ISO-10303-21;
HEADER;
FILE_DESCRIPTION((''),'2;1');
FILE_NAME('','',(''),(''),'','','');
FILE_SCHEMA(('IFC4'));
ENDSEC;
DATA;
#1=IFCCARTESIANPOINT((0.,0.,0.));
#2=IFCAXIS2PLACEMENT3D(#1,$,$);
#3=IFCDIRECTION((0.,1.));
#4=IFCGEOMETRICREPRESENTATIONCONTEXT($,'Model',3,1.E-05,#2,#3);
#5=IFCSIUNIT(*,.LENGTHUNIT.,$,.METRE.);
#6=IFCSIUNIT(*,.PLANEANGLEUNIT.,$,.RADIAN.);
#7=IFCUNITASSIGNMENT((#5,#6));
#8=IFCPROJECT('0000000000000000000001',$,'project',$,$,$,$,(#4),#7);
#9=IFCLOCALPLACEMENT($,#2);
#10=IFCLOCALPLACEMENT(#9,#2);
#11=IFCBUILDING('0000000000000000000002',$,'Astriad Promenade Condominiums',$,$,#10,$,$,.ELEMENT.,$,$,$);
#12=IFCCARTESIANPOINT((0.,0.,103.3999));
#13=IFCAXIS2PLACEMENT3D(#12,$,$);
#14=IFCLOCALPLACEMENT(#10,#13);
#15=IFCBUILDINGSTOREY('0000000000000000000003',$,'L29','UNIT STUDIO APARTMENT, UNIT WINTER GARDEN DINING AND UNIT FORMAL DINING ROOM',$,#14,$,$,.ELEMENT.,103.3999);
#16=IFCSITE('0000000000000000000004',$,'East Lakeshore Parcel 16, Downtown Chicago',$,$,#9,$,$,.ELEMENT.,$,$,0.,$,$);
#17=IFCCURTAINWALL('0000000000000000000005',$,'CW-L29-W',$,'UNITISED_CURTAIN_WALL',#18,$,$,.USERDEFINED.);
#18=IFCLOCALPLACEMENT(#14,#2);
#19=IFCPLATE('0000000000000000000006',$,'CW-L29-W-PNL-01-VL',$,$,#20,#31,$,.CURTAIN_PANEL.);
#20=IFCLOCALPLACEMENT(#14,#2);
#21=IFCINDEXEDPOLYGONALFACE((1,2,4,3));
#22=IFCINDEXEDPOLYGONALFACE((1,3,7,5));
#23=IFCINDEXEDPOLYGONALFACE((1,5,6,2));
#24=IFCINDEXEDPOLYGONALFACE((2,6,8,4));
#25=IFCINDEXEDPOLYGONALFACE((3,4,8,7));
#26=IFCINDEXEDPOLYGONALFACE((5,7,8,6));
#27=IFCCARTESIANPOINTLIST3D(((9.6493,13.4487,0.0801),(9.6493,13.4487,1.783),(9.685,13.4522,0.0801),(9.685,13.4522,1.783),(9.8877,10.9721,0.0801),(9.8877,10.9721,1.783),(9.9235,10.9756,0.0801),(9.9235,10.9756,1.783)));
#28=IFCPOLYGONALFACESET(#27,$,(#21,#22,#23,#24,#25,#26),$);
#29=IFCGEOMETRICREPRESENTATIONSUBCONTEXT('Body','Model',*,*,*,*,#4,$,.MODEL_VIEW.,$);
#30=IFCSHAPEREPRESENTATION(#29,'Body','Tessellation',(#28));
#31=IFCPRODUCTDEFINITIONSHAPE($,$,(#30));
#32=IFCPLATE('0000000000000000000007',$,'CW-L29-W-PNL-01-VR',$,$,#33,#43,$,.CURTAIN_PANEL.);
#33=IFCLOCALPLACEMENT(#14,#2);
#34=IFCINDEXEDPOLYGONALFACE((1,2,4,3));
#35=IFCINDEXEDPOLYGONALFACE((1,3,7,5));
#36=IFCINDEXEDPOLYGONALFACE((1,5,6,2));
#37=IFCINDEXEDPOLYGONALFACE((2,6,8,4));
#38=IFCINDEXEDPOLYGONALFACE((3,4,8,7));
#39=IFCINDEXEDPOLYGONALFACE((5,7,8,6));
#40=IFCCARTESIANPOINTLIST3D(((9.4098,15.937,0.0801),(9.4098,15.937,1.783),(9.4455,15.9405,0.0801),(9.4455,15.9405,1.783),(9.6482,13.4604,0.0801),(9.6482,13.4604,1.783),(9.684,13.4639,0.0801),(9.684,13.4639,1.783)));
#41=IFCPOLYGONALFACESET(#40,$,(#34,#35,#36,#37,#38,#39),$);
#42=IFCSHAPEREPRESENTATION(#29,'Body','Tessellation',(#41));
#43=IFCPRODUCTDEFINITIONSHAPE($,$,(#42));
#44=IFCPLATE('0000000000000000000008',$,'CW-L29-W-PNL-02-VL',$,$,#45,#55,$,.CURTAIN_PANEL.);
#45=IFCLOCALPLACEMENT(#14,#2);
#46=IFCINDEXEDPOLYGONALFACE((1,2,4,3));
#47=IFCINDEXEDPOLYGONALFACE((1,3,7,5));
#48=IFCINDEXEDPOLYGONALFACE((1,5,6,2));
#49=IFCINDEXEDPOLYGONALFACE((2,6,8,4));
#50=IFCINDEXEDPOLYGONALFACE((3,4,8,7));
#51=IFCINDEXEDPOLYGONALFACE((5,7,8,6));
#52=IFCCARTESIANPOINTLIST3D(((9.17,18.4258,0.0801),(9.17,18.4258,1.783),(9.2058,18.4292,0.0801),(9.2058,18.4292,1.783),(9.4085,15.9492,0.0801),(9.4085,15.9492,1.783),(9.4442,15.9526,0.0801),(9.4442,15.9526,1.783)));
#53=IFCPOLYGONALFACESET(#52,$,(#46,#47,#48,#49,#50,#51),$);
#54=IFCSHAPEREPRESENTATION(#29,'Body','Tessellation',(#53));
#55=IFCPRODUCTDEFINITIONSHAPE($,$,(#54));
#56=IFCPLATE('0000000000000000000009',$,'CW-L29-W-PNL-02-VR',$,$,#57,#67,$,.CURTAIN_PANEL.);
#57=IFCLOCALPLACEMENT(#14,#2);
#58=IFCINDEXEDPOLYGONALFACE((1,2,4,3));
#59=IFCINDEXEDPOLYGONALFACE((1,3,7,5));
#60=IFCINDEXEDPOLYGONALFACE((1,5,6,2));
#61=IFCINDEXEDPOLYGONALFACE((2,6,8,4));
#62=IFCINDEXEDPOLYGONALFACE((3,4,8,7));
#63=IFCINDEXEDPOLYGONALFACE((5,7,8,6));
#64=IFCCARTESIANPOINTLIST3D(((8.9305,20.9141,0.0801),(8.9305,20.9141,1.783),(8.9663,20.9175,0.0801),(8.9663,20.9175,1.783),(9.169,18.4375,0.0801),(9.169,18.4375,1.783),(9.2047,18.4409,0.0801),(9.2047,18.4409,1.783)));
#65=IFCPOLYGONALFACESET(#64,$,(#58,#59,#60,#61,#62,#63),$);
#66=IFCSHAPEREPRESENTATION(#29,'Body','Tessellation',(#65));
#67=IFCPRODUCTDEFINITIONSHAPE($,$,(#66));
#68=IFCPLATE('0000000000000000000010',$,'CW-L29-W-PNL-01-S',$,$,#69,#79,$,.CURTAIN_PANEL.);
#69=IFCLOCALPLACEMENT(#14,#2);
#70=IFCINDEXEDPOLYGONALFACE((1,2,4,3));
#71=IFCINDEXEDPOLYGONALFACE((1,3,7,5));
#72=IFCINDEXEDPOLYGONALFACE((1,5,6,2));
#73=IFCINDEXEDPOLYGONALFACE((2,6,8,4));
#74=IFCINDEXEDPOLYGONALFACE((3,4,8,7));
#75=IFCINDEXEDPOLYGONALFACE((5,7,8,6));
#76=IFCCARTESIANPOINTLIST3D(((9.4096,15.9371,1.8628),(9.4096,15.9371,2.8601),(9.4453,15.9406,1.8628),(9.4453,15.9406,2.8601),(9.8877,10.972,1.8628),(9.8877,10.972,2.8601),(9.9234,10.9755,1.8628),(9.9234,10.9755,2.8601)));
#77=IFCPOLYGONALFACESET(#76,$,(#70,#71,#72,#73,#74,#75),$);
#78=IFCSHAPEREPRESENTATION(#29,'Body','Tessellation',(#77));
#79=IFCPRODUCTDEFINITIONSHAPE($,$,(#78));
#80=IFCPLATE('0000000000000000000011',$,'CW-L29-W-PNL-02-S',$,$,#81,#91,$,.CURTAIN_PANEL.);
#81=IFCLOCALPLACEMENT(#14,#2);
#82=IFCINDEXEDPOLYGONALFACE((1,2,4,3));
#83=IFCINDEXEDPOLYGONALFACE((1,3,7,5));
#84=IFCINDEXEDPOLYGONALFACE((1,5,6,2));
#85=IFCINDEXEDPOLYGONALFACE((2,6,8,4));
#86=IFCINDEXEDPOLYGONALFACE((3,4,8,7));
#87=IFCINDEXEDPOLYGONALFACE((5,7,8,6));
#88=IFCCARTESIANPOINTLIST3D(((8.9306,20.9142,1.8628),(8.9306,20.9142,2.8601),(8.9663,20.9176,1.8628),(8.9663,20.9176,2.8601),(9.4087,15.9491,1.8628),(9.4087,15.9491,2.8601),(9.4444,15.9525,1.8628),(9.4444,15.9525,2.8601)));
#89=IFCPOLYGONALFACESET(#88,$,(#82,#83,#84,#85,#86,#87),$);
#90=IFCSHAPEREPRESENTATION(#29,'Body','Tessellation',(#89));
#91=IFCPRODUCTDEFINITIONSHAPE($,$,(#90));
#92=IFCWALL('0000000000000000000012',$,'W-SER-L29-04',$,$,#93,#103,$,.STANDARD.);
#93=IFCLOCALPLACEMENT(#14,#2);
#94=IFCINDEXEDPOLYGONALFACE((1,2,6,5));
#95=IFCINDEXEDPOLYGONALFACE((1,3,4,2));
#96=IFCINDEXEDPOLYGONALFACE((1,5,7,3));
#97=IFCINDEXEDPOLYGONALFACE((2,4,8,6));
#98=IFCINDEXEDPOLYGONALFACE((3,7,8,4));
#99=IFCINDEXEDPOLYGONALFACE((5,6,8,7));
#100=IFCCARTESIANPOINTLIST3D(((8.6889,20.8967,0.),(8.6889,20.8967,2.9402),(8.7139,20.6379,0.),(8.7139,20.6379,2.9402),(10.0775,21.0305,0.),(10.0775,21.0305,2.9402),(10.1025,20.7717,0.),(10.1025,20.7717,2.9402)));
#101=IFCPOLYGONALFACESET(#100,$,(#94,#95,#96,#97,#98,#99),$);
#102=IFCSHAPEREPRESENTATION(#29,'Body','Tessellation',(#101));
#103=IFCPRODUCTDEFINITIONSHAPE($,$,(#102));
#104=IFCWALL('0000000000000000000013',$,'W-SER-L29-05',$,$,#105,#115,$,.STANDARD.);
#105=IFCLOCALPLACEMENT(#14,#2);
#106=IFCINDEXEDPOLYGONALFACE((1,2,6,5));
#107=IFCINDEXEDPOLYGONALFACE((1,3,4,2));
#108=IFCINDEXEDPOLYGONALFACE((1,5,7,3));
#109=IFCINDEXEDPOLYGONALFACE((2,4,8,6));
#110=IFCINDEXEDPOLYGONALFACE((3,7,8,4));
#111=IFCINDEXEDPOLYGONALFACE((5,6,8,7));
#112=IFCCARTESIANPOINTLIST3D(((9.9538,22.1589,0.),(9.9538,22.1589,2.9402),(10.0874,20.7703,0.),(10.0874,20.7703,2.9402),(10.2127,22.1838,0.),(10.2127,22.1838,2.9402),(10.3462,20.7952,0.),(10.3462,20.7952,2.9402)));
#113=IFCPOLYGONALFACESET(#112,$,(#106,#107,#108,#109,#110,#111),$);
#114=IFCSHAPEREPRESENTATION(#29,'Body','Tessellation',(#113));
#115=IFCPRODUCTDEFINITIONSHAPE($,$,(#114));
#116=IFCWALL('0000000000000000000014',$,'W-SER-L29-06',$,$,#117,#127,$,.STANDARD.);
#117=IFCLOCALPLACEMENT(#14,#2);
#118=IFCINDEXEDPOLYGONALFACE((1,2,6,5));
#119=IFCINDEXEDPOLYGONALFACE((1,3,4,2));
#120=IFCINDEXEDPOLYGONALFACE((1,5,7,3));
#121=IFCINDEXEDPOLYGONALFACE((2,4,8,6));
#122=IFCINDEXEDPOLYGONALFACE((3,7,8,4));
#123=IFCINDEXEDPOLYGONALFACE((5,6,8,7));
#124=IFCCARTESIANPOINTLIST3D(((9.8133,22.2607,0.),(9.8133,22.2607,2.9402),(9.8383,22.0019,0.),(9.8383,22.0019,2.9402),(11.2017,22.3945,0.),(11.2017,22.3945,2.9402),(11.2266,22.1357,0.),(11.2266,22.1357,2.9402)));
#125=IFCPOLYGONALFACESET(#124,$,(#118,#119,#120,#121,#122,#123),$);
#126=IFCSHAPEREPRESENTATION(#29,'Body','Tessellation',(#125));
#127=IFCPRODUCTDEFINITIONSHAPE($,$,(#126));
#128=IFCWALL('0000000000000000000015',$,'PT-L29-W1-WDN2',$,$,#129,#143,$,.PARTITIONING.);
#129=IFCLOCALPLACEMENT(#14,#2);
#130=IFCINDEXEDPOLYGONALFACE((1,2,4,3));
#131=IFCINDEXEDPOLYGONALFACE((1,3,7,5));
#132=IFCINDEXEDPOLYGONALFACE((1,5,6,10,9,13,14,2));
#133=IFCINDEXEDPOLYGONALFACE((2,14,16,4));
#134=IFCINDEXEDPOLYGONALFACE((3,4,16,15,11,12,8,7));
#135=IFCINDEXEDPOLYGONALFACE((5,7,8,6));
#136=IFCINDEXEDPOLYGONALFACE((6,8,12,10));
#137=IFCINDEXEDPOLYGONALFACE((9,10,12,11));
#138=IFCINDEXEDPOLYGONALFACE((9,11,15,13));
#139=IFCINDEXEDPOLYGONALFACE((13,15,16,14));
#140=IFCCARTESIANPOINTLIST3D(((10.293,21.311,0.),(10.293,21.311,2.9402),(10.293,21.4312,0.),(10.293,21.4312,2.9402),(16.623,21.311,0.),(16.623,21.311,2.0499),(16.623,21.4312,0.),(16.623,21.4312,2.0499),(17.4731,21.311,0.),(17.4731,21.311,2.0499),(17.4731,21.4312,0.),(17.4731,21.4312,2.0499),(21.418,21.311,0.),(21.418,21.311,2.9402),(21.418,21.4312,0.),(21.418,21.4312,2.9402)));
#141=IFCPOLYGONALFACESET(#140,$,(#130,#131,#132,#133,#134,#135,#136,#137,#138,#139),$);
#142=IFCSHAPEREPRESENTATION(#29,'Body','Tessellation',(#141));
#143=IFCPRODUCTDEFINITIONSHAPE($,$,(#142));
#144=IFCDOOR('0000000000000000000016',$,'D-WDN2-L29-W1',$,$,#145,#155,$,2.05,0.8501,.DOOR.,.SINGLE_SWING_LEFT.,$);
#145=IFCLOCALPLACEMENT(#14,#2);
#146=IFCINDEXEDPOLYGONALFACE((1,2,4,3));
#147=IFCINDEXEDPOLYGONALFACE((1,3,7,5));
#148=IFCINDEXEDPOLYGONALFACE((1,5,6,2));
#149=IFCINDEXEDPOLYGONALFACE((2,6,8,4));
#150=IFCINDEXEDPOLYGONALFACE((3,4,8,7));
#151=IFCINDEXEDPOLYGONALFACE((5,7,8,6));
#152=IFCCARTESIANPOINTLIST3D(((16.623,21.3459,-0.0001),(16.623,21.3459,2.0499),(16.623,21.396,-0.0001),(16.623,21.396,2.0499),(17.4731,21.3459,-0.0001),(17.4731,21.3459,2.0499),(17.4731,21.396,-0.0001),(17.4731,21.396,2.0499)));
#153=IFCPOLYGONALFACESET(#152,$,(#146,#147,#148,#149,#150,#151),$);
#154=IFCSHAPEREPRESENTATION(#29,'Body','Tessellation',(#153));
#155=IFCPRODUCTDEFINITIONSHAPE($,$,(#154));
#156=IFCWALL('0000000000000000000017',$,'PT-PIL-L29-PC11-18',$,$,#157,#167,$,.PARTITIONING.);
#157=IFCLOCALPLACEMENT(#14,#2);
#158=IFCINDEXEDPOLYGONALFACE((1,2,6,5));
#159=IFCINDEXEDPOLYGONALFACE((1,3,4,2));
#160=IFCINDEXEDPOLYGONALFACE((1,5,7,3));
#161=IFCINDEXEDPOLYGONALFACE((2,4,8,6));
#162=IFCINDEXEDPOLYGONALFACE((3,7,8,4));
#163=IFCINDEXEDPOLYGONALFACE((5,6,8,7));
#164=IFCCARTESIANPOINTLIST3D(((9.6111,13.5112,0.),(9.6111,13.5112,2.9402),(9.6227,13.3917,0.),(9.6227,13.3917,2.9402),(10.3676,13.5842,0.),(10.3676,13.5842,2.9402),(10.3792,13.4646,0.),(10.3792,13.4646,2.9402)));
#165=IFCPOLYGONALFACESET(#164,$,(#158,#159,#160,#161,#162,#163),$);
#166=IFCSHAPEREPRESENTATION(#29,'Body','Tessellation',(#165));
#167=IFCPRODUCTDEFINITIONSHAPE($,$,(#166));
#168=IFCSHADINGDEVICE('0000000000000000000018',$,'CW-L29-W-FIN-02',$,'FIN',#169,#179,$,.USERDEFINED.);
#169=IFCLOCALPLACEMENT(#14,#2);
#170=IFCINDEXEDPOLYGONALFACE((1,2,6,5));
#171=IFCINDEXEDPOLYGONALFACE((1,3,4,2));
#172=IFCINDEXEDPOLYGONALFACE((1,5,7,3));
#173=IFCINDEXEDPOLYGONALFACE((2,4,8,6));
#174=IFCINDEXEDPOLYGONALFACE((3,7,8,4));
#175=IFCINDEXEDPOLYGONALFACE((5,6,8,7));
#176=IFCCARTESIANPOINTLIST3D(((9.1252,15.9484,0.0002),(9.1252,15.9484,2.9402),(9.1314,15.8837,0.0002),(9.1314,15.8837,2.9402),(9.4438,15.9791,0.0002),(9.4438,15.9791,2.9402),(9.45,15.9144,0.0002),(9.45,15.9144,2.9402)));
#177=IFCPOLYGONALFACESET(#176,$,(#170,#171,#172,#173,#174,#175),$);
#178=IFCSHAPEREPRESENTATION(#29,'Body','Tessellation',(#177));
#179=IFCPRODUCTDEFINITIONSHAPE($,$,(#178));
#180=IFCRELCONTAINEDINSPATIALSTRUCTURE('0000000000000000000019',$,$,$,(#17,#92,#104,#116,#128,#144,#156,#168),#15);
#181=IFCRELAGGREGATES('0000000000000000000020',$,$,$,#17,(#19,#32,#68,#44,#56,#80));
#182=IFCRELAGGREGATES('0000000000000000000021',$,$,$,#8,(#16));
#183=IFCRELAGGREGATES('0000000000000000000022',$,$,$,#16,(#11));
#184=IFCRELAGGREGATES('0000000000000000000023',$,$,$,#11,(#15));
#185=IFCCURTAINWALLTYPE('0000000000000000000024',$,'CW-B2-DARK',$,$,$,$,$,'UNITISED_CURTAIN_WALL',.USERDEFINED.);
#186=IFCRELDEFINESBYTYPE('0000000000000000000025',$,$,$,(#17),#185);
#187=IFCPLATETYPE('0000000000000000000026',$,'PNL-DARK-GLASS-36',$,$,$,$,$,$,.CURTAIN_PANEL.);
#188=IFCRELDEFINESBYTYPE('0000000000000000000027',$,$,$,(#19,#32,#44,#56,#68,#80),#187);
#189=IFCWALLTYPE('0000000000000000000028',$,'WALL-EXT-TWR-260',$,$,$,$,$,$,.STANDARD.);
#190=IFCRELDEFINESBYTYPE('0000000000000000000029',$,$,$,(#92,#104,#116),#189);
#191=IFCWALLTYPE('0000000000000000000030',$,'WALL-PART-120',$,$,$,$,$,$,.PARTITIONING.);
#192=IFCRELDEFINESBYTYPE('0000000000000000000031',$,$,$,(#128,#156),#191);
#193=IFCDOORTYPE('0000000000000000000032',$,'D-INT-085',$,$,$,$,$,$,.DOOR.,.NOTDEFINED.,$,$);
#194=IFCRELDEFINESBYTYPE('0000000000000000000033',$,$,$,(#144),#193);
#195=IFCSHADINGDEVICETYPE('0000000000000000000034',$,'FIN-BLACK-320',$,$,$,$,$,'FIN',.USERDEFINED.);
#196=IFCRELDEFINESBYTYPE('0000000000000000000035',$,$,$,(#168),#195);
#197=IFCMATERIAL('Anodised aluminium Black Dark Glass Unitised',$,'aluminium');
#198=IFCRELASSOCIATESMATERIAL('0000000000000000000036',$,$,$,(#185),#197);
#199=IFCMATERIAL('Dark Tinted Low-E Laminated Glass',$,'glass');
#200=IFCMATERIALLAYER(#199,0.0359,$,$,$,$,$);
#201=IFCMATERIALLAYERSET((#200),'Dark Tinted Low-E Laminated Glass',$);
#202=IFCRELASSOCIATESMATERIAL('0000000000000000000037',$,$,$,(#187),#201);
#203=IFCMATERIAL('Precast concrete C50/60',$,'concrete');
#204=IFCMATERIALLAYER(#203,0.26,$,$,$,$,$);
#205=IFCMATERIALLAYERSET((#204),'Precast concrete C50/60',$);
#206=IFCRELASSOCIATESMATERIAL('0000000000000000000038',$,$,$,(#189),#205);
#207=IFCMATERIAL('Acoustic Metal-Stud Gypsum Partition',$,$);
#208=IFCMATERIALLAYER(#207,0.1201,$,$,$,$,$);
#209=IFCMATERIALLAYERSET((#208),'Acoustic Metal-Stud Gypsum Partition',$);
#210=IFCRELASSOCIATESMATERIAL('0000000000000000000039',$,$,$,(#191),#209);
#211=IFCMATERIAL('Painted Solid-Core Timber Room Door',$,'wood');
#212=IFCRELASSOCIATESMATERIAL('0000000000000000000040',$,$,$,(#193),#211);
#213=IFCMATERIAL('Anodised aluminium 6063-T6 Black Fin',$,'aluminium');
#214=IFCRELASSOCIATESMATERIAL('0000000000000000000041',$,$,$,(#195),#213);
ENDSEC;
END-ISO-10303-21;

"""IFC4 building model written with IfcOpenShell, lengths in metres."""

from ifc_helpers import new_model, si_unit, direction, frame, frame_2d, origin, origin_2d, place, context, subcontext, project, spatial, rectangle, extrude, source, transform, mapped, material, layer, layer_set, type_object, type_shapes, element, fill, aggregate, save


model = new_model("IFC4")

# Units and contexts
model_context = context("Model", 3, precision=1e-05, world=origin(), true_north=direction((0.0, 1.0)))
body_context = subcontext(model_context, "Body", "Model", "MODEL_VIEW")
ifc_project = project(units=[si_unit("LENGTHUNIT", "METRE"), si_unit("PLANEANGLEUNIT", "RADIAN")], contexts=[model_context])

# Site, building, storey
site_placement = place(None, origin())
site = spatial("IfcSite", under=ifc_project, at=site_placement, Name="East Lakeshore Parcel 16, Downtown Chicago", CompositionType="ELEMENT", RefElevation=0.0)
building_placement = place(site_placement, origin())
building = spatial("IfcBuilding", under=site, at=building_placement, Name="Astriad Promenade Condominiums", CompositionType="ELEMENT")
storey_placement = place(building_placement, frame((0.0, 0.0, 103.3999)))
storey = spatial("IfcBuildingStorey", under=building, at=storey_placement, Name="L29", Description="UNIT STUDIO APARTMENT, UNIT WINTER GARDEN DINING AND UNIT FORMAL DINING ROOM", CompositionType="ELEMENT", Elevation=103.3999)

# Curtain wall, plates
ifc_material_1 = material(Name="Anodised aluminium Black Dark Glass Unitised", Category="aluminium")
curtain_wall_type = type_object("IfcCurtainWallType", Name="CW-B2-DARK", ElementType="UNITISED_CURTAIN_WALL", PredefinedType="USERDEFINED", material=ifc_material_1)
curtain_wall_placement = place(storey_placement, origin())
curtain_wall = element("IfcCurtainWall", 1, at=curtain_wall_placement, inside=storey, type_object=curtain_wall_type, Name="CW-L29-W", ObjectType="UNITISED_CURTAIN_WALL", PredefinedType="USERDEFINED")
ifc_material_2 = material(Name="Dark Tinted Low-E Laminated Glass", Category="glass")
ifc_layer_1 = layer(ifc_material_2, 0.0359)
ifc_layer_set_1 = layer_set([ifc_layer_1], Name="Dark Tinted Low-E Laminated Glass")
plate_type = type_object("IfcPlateType", Name="PNL-DARK-GLASS-36", PredefinedType="CURTAIN_PANEL", material=ifc_layer_set_1)
shared_shape_1 = source(origin(), body_context, "Body", "SweptSolid", [
    extrude(rectangle(XDim=2.488, YDim=0.0359, at=origin_2d()), origin(), (0.0, 0.0, 1.0), 1.7029),
])
plate_1_placement = place(storey_placement, frame((9.7864, 12.2122, 0.0801), z_axis=(0.0, 0.0, 1.0), x_axis=(-0.095846, 0.995396, 0.0)))
plate_1 = element("IfcPlate", 2, at=plate_1_placement, type_object=plate_type, Name="CW-L29-W-PNL-01-VL", PredefinedType="CURTAIN_PANEL", context=body_context, shape_type="MappedRepresentation", body=[
    mapped(shared_shape_1, transform((0.0, 0.0, 0.0), scale=1.0)),
])
plate_2_placement = place(storey_placement, frame((9.5469, 14.7004, 0.0801), z_axis=(0.0, 0.0, 1.0), x_axis=(-0.095846, 0.995396, 0.0)))
plate_2 = element("IfcPlate", 3, at=plate_2_placement, type_object=plate_type, Name="CW-L29-W-PNL-01-VR", PredefinedType="CURTAIN_PANEL", context=body_context, shape_type="MappedRepresentation", body=[
    mapped(shared_shape_1, transform((0.0, 0.0, 0.0), scale=1.0)),
])
plate_3_placement = place(storey_placement, frame((9.3071, 17.1892, 0.0801), z_axis=(0.0, 0.0, 1.0), x_axis=(-0.095846, 0.995396, 0.0)))
plate_3 = element("IfcPlate", 4, at=plate_3_placement, type_object=plate_type, Name="CW-L29-W-PNL-02-VL", PredefinedType="CURTAIN_PANEL", context=body_context, shape_type="MappedRepresentation", body=[
    mapped(shared_shape_1, transform((0.0, 0.0, 0.0), scale=1.0)),
])
plate_4_placement = place(storey_placement, frame((9.0676, 19.6775, 0.0801), z_axis=(0.0, 0.0, 1.0), x_axis=(-0.095846, 0.995396, 0.0)))
plate_4 = element("IfcPlate", 5, at=plate_4_placement, type_object=plate_type, Name="CW-L29-W-PNL-02-VR", PredefinedType="CURTAIN_PANEL", context=body_context, shape_type="MappedRepresentation", body=[
    mapped(shared_shape_1, transform((0.0, 0.0, 0.0), scale=1.0)),
])
shared_shape_2 = source(origin(), body_context, "Body", "SweptSolid", [
    extrude(rectangle(XDim=4.988, YDim=0.0359, at=origin_2d()), origin(), (0.0, 0.0, 1.0), 0.9973),
])
type_shapes(plate_type, [shared_shape_1, shared_shape_2])
plate_5_placement = place(storey_placement, frame((9.6665, 13.4563, 1.8628), z_axis=(0.0, 0.0, 1.0), x_axis=(-0.095846, 0.995396, 0.0)))
plate_5 = element("IfcPlate", 6, at=plate_5_placement, type_object=plate_type, Name="CW-L29-W-PNL-01-S", PredefinedType="CURTAIN_PANEL", context=body_context, shape_type="MappedRepresentation", body=[
    mapped(shared_shape_2, transform((0.0, 0.0, 0.0), scale=1.0)),
])
plate_6_placement = place(storey_placement, frame((9.1875, 18.4333, 1.8628), z_axis=(0.0, 0.0, 1.0), x_axis=(-0.095846, 0.995396, 0.0)))
plate_6 = element("IfcPlate", 7, at=plate_6_placement, type_object=plate_type, Name="CW-L29-W-PNL-02-S", PredefinedType="CURTAIN_PANEL", context=body_context, shape_type="MappedRepresentation", body=[
    mapped(shared_shape_2, transform((0.0, 0.0, 0.0), scale=1.0)),
])
aggregate(curtain_wall, [plate_1, plate_2, plate_5, plate_3, plate_4, plate_6])

# Walls
ifc_material_3 = material(Name="Precast concrete C50/60", Category="concrete")
ifc_layer_2 = layer(ifc_material_3, 0.26)
ifc_layer_set_2 = layer_set([ifc_layer_2], Name="Precast concrete C50/60")
wall_type_1 = type_object("IfcWallType", Name="WALL-EXT-TWR-260", PredefinedType="STANDARD", material=ifc_layer_set_2)
for number, where, z_axis, x_axis, name in (
    (8, (8.7014, 20.7673, 0.0), (0.0, 0.0, 1.0), (0.995391, 0.095899, 0.0), "W-SER-L29-04"),
    (9, (10.2168, 20.7827, 0.0), (0.0, 0.0, 1.0), (-0.095726, 0.995408, 0.0), "W-SER-L29-05"),
):
    element("IfcWall", number, at=place(storey_placement, frame(where, z_axis=z_axis, x_axis=x_axis)), inside=storey, type_object=wall_type_1, Name=name, PredefinedType="STANDARD", context=body_context, shape_type="SweptSolid", body=[
        extrude(rectangle(XDim=1.395, YDim=0.26, at=frame_2d((0.6975, 0.0))), origin(), (0.0, 0.0, 1.0), 2.9402),
    ])
wall_1_placement = place(storey_placement, frame((9.8259, 22.1313, 0.0), z_axis=(0.0, 0.0, 1.0), x_axis=(0.995389, 0.095916, 0.0)))
element("IfcWall", 10, at=wall_1_placement, inside=storey, type_object=wall_type_1, Name="W-SER-L29-06", PredefinedType="STANDARD", context=body_context, shape_type="SweptSolid", body=[
    extrude(rectangle(XDim=1.3948, YDim=0.26, at=frame_2d((0.6973, 0.0))), origin(), (0.0, 0.0, 1.0), 2.9402),
])

# Wall, opening, door
ifc_material_4 = material(Name="Acoustic Metal-Stud Gypsum Partition")
ifc_layer_3 = layer(ifc_material_4, 0.1201)
ifc_layer_set_3 = layer_set([ifc_layer_3], Name="Acoustic Metal-Stud Gypsum Partition")
wall_type_2 = type_object("IfcWallType", Name="WALL-PART-120", PredefinedType="PARTITIONING", material=ifc_layer_set_3)
wall_2_placement = place(storey_placement, frame((10.293, 21.3711, 0.0), z_axis=(0.0, 0.0, 1.0), x_axis=(1.0, 0.0, 0.0)))
wall_2 = element("IfcWall", 11, at=wall_2_placement, inside=storey, type_object=wall_type_2, Name="PT-L29-W1-WDN2", PredefinedType="PARTITIONING", context=body_context, shape_type="SweptSolid", body=[
    extrude(rectangle(XDim=11.125, YDim=0.1201, at=frame_2d((5.5625, 0.0))), origin(), (0.0, 0.0, 1.0), 2.9402),
])
opening_placement = place(wall_2_placement, frame((6.3301, 0.0, 0.0)))
opening = element("IfcOpeningElement", 12, at=opening_placement, cuts=wall_2, PredefinedType="OPENING", context=body_context, shape_type="SweptSolid", body=[
    extrude(rectangle(XDim=0.8501, YDim=2.05, at=frame_2d((0.425, 1.0249))), frame((0.0, 0.0701, 0.0), z_axis=(0.0, -1.0, 0.0), x_axis=(1.0, 0.0, 0.0)), (0.0, 0.0, 1.0), 0.1401),
])
ifc_material_5 = material(Name="Painted Solid-Core Timber Room Door", Category="wood")
door_type = type_object("IfcDoorType", Name="D-INT-085", OperationType="NOTDEFINED", PredefinedType="DOOR", material=ifc_material_5)
shared_shape_3 = source(origin(), body_context, "Body", "SweptSolid", [
    extrude(rectangle(XDim=0.8501, YDim=2.05, at=frame_2d((0.425, 1.0249))), frame((0.0, 0.0249, 0.0), z_axis=(0.0, -1.0, 0.0), x_axis=(1.0, 0.0, 0.0)), (0.0, 0.0, 1.0), 0.05),
])
type_shapes(door_type, [shared_shape_3])
door_placement = place(opening_placement, origin())
door = element("IfcDoor", 13, at=door_placement, inside=storey, type_object=door_type, Name="D-WDN2-L29-W1", OperationType="SINGLE_SWING_LEFT", OverallHeight=2.05, OverallWidth=0.8501, PredefinedType="DOOR", context=body_context, shape_type="MappedRepresentation", body=[
    mapped(shared_shape_3, transform((0.0, 0.0, 0.0), scale=1.0)),
])
fill(opening, door)

# Wall
wall_3_placement = place(storey_placement, frame((10.3733, 13.5244, 0.0), z_axis=(0.0, 0.0, 1.0), x_axis=(-0.995378, -0.096037, 0.0)))
element("IfcWall", 14, at=wall_3_placement, inside=storey, type_object=wall_type_2, Name="PT-PIL-L29-PC11-18", PredefinedType="PARTITIONING", context=body_context, shape_type="SweptSolid", body=[
    extrude(rectangle(XDim=0.76, YDim=0.1201, at=frame_2d((0.3799, 0.0))), origin(), (0.0, 0.0, 1.0), 2.9402),
])

# Shading device
ifc_material_6 = material(Name="Anodised aluminium 6063-T6 Black Fin", Category="aluminium")
shading_device_type = type_object("IfcShadingDeviceType", Name="FIN-BLACK-320", ElementType="FIN", PredefinedType="USERDEFINED", material=ifc_material_6)
shared_shape_4 = source(origin(), body_context, "Body", "SweptSolid", [
    extrude(rectangle(XDim=0.0649, YDim=0.3201, at=origin_2d()), origin(), (0.0, 0.0, 1.0), 2.9399),
])
type_shapes(shading_device_type, [shared_shape_4])
shading_device_placement = place(storey_placement, frame((9.2876, 15.9314, 0.0002), z_axis=(0.0, 0.0, 1.0), x_axis=(-0.095846, 0.995396, 0.0)))
element("IfcShadingDevice", 15, at=shading_device_placement, inside=storey, type_object=shading_device_type, Name="CW-L29-W-FIN-02", ObjectType="FIN", PredefinedType="USERDEFINED", context=body_context, shape_type="MappedRepresentation", body=[
    mapped(shared_shape_4, transform((0.0, 0.0, 0.0), scale=1.0)),
])

save(model, "model.ifc")
